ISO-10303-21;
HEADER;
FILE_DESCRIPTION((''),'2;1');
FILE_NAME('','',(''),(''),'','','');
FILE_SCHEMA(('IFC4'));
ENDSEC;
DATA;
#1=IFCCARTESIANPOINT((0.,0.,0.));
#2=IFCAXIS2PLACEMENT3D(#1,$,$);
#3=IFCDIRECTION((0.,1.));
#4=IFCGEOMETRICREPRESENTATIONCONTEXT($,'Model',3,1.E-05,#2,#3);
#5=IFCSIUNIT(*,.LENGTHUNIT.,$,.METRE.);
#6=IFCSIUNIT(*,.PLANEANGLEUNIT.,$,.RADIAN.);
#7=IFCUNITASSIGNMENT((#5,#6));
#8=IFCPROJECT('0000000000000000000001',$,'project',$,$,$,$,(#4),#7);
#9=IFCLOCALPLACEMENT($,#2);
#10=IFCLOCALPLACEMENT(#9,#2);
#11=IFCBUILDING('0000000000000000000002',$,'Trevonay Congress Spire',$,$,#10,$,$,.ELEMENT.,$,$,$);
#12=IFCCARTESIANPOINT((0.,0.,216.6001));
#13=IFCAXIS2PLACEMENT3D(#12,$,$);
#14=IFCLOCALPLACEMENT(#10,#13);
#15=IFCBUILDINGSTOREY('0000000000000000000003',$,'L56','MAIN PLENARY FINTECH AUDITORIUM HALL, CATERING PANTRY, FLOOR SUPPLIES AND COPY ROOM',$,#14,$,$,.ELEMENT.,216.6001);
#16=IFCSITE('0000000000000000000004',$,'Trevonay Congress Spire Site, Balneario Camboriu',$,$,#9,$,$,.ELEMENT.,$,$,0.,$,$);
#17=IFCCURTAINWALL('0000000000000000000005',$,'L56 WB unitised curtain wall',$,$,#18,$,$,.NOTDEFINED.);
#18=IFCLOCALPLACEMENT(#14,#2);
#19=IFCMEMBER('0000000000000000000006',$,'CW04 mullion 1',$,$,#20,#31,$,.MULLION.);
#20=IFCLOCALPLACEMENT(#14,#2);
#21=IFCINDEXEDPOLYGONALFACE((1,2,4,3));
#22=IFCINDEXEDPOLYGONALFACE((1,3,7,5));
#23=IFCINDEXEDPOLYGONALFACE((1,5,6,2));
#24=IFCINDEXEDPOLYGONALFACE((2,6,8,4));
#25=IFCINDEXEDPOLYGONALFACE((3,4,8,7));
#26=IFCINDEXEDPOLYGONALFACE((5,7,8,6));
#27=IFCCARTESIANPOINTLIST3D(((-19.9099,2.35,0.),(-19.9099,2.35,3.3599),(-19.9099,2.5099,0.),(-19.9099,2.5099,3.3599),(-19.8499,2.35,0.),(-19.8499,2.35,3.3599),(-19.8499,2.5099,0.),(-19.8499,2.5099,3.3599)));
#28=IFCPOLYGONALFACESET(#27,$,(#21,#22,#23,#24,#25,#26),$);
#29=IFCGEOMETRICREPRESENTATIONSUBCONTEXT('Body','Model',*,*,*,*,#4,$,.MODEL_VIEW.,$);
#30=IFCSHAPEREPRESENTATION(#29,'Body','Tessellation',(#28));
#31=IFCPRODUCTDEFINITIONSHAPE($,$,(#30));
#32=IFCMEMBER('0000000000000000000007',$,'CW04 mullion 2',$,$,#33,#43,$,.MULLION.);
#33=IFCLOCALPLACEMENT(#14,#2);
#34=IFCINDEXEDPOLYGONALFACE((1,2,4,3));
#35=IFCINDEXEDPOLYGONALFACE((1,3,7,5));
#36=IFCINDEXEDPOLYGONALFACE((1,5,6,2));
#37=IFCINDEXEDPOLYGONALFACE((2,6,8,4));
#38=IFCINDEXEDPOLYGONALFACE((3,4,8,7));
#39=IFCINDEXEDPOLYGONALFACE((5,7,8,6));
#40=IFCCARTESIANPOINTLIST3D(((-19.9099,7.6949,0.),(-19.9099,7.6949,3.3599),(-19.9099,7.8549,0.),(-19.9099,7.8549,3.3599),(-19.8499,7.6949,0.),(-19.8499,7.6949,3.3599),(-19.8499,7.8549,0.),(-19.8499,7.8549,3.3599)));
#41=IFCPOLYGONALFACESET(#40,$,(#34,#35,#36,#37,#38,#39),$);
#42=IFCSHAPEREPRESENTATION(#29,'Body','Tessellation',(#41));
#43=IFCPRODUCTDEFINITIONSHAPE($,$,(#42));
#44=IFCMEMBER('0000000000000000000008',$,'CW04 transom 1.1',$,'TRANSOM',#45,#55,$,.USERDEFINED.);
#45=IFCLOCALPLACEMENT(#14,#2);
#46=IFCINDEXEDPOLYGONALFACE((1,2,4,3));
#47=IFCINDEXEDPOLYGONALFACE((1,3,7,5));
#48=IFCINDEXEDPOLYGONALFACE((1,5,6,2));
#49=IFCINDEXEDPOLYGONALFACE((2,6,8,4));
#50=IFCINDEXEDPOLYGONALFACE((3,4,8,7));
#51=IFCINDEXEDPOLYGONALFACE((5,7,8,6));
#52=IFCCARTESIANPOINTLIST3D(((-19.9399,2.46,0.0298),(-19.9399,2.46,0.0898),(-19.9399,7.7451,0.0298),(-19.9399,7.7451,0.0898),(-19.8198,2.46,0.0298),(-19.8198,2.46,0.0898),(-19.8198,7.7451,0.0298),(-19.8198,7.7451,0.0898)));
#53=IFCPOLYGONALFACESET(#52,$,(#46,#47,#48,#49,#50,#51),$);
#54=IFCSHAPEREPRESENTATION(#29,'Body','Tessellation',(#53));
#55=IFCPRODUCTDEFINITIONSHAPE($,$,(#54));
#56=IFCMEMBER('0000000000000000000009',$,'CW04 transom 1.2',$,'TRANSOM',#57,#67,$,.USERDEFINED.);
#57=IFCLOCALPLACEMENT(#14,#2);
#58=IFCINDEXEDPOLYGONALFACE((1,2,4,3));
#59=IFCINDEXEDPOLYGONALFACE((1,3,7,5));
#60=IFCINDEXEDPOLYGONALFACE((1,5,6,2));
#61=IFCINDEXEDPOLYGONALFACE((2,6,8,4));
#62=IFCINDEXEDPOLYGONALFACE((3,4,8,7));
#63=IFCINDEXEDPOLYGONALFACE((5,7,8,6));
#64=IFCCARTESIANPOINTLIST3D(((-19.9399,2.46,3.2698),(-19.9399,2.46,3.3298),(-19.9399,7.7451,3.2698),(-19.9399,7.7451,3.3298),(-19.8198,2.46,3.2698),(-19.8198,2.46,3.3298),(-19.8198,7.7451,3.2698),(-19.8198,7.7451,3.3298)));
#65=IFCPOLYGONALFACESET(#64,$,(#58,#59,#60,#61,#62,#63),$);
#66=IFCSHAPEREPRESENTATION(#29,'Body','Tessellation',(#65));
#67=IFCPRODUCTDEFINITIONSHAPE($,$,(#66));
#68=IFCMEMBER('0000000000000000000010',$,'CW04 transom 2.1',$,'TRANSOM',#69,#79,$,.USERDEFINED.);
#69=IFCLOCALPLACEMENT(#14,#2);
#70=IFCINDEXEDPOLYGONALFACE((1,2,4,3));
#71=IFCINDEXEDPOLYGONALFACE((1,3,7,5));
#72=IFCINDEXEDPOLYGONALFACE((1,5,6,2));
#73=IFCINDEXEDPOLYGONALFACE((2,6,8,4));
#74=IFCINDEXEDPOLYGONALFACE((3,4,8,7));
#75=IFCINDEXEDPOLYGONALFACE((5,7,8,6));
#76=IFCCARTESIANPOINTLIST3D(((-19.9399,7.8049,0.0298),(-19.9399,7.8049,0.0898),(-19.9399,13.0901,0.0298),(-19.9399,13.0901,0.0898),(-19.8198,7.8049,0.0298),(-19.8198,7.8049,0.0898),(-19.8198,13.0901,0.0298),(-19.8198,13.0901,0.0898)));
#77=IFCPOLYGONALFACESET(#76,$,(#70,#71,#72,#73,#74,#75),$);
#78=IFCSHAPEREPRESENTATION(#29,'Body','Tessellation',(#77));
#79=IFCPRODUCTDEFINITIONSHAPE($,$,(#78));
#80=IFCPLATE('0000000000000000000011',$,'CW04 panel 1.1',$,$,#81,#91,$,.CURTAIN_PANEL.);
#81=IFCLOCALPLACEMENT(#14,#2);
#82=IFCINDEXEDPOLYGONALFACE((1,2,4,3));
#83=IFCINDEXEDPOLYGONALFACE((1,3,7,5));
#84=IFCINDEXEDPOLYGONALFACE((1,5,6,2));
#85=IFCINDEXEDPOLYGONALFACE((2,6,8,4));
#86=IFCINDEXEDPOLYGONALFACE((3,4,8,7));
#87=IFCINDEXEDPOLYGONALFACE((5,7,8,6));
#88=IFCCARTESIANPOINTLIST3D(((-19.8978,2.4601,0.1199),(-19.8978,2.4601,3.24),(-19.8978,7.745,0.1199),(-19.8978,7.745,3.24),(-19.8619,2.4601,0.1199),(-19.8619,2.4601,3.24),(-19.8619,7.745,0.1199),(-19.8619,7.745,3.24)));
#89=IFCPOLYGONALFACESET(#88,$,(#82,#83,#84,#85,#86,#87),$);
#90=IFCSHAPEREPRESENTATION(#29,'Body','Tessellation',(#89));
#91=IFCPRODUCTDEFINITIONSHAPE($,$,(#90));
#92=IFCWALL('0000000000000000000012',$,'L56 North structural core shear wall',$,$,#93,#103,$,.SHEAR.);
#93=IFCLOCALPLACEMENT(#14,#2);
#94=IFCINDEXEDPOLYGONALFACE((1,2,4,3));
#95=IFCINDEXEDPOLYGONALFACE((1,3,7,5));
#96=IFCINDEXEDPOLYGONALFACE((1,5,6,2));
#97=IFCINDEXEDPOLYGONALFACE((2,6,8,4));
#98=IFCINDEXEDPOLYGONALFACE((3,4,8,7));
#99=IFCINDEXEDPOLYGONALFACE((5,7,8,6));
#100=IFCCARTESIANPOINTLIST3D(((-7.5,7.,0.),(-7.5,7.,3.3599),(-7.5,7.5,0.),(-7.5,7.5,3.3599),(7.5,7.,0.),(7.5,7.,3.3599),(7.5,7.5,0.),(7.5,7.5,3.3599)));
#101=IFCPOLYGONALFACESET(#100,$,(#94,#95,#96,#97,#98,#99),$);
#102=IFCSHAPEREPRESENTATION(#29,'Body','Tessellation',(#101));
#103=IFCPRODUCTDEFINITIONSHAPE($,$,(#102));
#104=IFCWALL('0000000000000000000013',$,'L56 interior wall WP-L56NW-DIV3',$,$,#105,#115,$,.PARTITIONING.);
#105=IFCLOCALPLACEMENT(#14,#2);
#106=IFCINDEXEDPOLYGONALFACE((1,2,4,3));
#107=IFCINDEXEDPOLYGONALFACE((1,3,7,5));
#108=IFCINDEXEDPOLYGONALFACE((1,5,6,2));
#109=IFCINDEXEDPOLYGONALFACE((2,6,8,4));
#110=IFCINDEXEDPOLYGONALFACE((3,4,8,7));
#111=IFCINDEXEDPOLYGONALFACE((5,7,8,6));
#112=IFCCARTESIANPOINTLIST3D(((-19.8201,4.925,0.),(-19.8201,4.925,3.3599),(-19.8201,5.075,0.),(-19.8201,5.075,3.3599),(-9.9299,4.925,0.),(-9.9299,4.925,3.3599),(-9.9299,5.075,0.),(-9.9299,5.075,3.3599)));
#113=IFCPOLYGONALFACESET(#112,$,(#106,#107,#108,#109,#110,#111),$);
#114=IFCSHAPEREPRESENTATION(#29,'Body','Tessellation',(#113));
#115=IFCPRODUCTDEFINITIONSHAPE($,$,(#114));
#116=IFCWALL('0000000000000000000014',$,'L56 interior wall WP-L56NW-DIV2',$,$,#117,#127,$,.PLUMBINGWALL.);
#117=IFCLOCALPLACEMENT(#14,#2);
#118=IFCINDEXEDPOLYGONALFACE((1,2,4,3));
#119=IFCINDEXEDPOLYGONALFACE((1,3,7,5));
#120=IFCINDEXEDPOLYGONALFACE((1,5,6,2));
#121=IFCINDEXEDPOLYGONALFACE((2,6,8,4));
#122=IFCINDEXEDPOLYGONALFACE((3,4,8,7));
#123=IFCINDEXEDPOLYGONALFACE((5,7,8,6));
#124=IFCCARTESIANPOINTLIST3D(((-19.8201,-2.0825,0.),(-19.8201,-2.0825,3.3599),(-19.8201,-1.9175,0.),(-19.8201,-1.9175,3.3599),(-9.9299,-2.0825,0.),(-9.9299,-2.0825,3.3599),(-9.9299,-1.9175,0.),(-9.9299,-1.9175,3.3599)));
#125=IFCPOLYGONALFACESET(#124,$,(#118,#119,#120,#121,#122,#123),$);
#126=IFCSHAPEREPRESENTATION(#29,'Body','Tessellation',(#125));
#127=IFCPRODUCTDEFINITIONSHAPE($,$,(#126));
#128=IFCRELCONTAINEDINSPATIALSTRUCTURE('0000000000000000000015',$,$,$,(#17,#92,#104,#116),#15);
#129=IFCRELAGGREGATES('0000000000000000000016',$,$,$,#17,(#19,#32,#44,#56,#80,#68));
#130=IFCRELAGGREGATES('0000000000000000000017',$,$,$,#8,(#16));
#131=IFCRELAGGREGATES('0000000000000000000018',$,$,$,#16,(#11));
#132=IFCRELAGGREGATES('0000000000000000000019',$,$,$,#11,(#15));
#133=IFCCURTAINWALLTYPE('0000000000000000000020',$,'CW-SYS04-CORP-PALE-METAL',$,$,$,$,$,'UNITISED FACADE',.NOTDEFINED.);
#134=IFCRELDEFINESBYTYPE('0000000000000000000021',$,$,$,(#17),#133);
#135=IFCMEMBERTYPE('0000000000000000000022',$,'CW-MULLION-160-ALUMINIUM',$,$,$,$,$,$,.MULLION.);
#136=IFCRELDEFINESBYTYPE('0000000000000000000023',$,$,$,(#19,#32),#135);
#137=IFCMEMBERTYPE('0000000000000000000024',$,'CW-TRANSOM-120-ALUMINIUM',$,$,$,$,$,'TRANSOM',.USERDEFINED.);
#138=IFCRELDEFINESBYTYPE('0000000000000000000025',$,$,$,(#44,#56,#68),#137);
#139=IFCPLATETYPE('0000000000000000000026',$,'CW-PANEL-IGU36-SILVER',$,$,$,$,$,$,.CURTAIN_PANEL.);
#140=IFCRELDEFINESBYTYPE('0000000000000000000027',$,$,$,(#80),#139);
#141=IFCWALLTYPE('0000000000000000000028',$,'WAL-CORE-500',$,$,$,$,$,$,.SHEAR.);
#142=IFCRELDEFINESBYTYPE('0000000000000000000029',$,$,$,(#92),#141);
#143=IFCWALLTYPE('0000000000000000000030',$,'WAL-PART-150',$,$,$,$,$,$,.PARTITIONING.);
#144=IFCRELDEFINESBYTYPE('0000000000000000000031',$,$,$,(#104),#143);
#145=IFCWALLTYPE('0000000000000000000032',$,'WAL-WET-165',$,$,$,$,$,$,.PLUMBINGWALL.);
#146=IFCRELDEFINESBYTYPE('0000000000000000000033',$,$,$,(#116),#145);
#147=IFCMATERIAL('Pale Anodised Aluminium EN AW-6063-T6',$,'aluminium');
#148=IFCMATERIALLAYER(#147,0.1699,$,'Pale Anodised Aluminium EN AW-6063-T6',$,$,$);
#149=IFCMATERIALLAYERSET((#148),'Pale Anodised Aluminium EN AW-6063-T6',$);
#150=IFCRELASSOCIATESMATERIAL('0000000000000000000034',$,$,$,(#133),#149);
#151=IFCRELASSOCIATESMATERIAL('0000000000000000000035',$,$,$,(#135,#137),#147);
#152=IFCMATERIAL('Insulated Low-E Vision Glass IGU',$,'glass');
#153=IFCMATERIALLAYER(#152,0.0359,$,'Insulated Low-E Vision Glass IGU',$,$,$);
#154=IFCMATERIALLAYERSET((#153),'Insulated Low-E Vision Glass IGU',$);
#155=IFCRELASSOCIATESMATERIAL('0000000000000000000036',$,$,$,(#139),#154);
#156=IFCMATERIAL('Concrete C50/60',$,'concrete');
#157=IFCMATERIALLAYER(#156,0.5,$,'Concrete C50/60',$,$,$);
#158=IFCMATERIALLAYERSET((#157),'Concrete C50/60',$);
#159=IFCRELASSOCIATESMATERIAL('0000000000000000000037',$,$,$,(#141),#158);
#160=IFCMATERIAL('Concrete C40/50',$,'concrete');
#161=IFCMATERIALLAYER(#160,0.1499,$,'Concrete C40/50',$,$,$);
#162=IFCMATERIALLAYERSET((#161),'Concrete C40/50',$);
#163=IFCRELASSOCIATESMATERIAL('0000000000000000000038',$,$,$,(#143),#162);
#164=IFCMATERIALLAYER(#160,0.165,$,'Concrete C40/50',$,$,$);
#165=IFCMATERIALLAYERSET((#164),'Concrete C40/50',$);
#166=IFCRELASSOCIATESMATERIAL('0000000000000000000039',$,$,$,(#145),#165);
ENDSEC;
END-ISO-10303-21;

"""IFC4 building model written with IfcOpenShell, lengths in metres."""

from ifc_helpers import new_model, si_unit, direction, frame, frame_2d, origin, origin_2d, place, context, subcontext, project, spatial, rectangle, extrude, material, layer, layer_set, material_profile, profile_set, type_object, element, aggregate, save


model = new_model("IFC4")

# Units and contexts
model_context = context("Model", 3, precision=1e-05, world=origin(), true_north=direction((0.0, 1.0)))
body_context = subcontext(model_context, "Body", "Model", "MODEL_VIEW")
ifc_project = project(units=[si_unit("LENGTHUNIT", "METRE"), si_unit("PLANEANGLEUNIT", "RADIAN")], contexts=[model_context])

# Site, building, storey
site_placement = place(None, origin())
site = spatial("IfcSite", under=ifc_project, at=site_placement, Name="Trevonay Congress Spire Site, Balneario Camboriu", CompositionType="ELEMENT", RefElevation=0.0)
building_placement = place(site_placement, origin())
building = spatial("IfcBuilding", under=site, at=building_placement, Name="Trevonay Congress Spire", CompositionType="ELEMENT")
storey_placement = place(building_placement, frame((0.0, 0.0, 216.6001)))
storey = spatial("IfcBuildingStorey", under=building, at=storey_placement, Name="L56", Description="MAIN PLENARY FINTECH AUDITORIUM HALL, CATERING PANTRY, FLOOR SUPPLIES AND COPY ROOM", CompositionType="ELEMENT", Elevation=216.6001)

# Curtain wall, members, plate
ifc_material_1 = material(Name="Pale Anodised Aluminium EN AW-6063-T6", Category="aluminium")
ifc_layer_1 = layer(ifc_material_1, 0.1699, Name="Pale Anodised Aluminium EN AW-6063-T6")
ifc_layer_set_1 = layer_set([ifc_layer_1], Name="Pale Anodised Aluminium EN AW-6063-T6")
curtain_wall_type = type_object("IfcCurtainWallType", Name="CW-SYS04-CORP-PALE-METAL", ElementType="UNITISED FACADE", PredefinedType="NOTDEFINED", material=ifc_layer_set_1)
curtain_wall_placement = place(storey_placement, origin())
curtain_wall = element("IfcCurtainWall", 1, at=curtain_wall_placement, inside=storey, type_object=curtain_wall_type, Name="L56 WB unitised curtain wall", PredefinedType="NOTDEFINED")
ifc_material_profile_1 = material_profile(ifc_material_1, rectangle(XDim=0.0601, YDim=0.1599, at=origin_2d()), Name="CW-MULLION-160-ALUMINIUM")
ifc_profile_set_1 = profile_set([ifc_material_profile_1], Name="Pale Anodised Aluminium EN AW-6063-T6")
member_type_1 = type_object("IfcMemberType", Name="CW-MULLION-160-ALUMINIUM", PredefinedType="MULLION", material=ifc_profile_set_1)
member_1_placement = place(storey_placement, frame((-19.8799, 2.4299, 0.0), z_axis=(0.0, 0.0, 1.0), x_axis=(-1.0, 0.0, 0.0)))
member_1 = element("IfcMember", 2, at=member_1_placement, type_object=member_type_1, Name="CW04 mullion 1", PredefinedType="MULLION", context=body_context, shape_type="SweptSolid", body=[
    extrude(rectangle(XDim=0.0601, YDim=0.1599, at=origin_2d()), origin(), (0.0, 0.0, 1.0), 3.3599),
])
member_2_placement = place(storey_placement, frame((-19.8799, 7.7749, 0.0), z_axis=(0.0, 0.0, 1.0), x_axis=(-1.0, 0.0, 0.0)))
member_2 = element("IfcMember", 3, at=member_2_placement, type_object=member_type_1, Name="CW04 mullion 2", PredefinedType="MULLION", context=body_context, shape_type="SweptSolid", body=[
    extrude(rectangle(XDim=0.0601, YDim=0.1599, at=origin_2d()), origin(), (0.0, 0.0, 1.0), 3.3599),
])
ifc_material_profile_2 = material_profile(ifc_material_1, rectangle(XDim=0.1201, YDim=0.0601, at=origin_2d()), Name="CW-TRANSOM-120-ALUMINIUM")
ifc_profile_set_2 = profile_set([ifc_material_profile_2], Name="Pale Anodised Aluminium EN AW-6063-T6")
member_type_2 = type_object("IfcMemberType", Name="CW-TRANSOM-120-ALUMINIUM", ElementType="TRANSOM", PredefinedType="USERDEFINED", material=ifc_profile_set_2)
member_3_placement = place(storey_placement, frame((-19.8799, 2.46, 0.0598), z_axis=(0.0, 1.0, 0.0), x_axis=(-1.0, 0.0, 0.0)))
member_3 = element("IfcMember", 4, at=member_3_placement, type_object=member_type_2, Name="CW04 transom 1.1", ObjectType="TRANSOM", PredefinedType="USERDEFINED", context=body_context, shape_type="SweptSolid", body=[
    extrude(rectangle(XDim=0.1201, YDim=0.0601, at=origin_2d()), origin(), (0.0, 0.0, 1.0), 5.2852),
])
member_4_placement = place(storey_placement, frame((-19.8799, 2.46, 3.2998), z_axis=(0.0, 1.0, 0.0), x_axis=(-1.0, 0.0, 0.0)))
member_4 = element("IfcMember", 5, at=member_4_placement, type_object=member_type_2, Name="CW04 transom 1.2", ObjectType="TRANSOM", PredefinedType="USERDEFINED", context=body_context, shape_type="SweptSolid", body=[
    extrude(rectangle(XDim=0.1201, YDim=0.0601, at=origin_2d()), origin(), (0.0, 0.0, 1.0), 5.2852),
])
member_5_placement = place(storey_placement, frame((-19.8799, 7.8049, 0.0598), z_axis=(0.0, 1.0, 0.0), x_axis=(-1.0, 0.0, 0.0)))
member_5 = element("IfcMember", 6, at=member_5_placement, type_object=member_type_2, Name="CW04 transom 2.1", ObjectType="TRANSOM", PredefinedType="USERDEFINED", context=body_context, shape_type="SweptSolid", body=[
    extrude(rectangle(XDim=0.1201, YDim=0.0601, at=origin_2d()), origin(), (0.0, 0.0, 1.0), 5.2852),
])
ifc_material_2 = material(Name="Insulated Low-E Vision Glass IGU", Category="glass")
ifc_layer_2 = layer(ifc_material_2, 0.0359, Name="Insulated Low-E Vision Glass IGU")
ifc_layer_set_2 = layer_set([ifc_layer_2], Name="Insulated Low-E Vision Glass IGU")
plate_type = type_object("IfcPlateType", Name="CW-PANEL-IGU36-SILVER", PredefinedType="CURTAIN_PANEL", material=ifc_layer_set_2)
plate_placement = place(storey_placement, frame((-19.8799, 5.1025, 0.1199), z_axis=(0.0, 0.0, 1.0), x_axis=(0.0, 1.0, 0.0)))
plate = element("IfcPlate", 7, at=plate_placement, type_object=plate_type, Name="CW04 panel 1.1", PredefinedType="CURTAIN_PANEL", context=body_context, shape_type="SweptSolid", body=[
    extrude(rectangle(XDim=5.2849, YDim=0.0359, at=origin_2d()), origin(), (0.0, 0.0, 1.0), 3.1201),
])
aggregate(curtain_wall, [member_1, member_2, member_3, member_4, plate, member_5])

# Walls
ifc_material_3 = material(Name="Concrete C50/60", Category="concrete")
ifc_layer_3 = layer(ifc_material_3, 0.5, Name="Concrete C50/60")
ifc_layer_set_3 = layer_set([ifc_layer_3], Name="Concrete C50/60")
wall_type_1 = type_object("IfcWallType", Name="WAL-CORE-500", PredefinedType="SHEAR", material=ifc_layer_set_3)
wall_1_placement = place(storey_placement, frame((-7.5, 7.25, 0.0), z_axis=(0.0, 0.0, 1.0), x_axis=(1.0, 0.0, 0.0)))
element("IfcWall", 8, at=wall_1_placement, inside=storey, type_object=wall_type_1, Name="L56 North structural core shear wall", PredefinedType="SHEAR", context=body_context, shape_type="SweptSolid", body=[
    extrude(rectangle(XDim=15.0, YDim=0.5, at=frame_2d((7.5, 0.0))), origin(), (0.0, 0.0, 1.0), 3.3599),
])
ifc_material_4 = material(Name="Concrete C40/50", Category="concrete")
ifc_layer_4 = layer(ifc_material_4, 0.1499, Name="Concrete C40/50")
ifc_layer_set_4 = layer_set([ifc_layer_4], Name="Concrete C40/50")
wall_type_2 = type_object("IfcWallType", Name="WAL-PART-150", PredefinedType="PARTITIONING", material=ifc_layer_set_4)
wall_2_placement = place(storey_placement, frame((-19.8201, 5.0, 0.0), z_axis=(0.0, 0.0, 1.0), x_axis=(1.0, 0.0, 0.0)))
element("IfcWall", 9, at=wall_2_placement, inside=storey, type_object=wall_type_2, Name="L56 interior wall WP-L56NW-DIV3", PredefinedType="PARTITIONING", context=body_context, shape_type="SweptSolid", body=[
    extrude(rectangle(XDim=9.8901, YDim=0.1499, at=frame_2d((4.9451, 0.0))), origin(), (0.0, 0.0, 1.0), 3.3599),
])
ifc_layer_5 = layer(ifc_material_4, 0.165, Name="Concrete C40/50")
ifc_layer_set_5 = layer_set([ifc_layer_5], Name="Concrete C40/50")
wall_type_3 = type_object("IfcWallType", Name="WAL-WET-165", PredefinedType="PLUMBINGWALL", material=ifc_layer_set_5)
wall_3_placement = place(storey_placement, frame((-19.8201, -2.0, 0.0), z_axis=(0.0, 0.0, 1.0), x_axis=(1.0, 0.0, 0.0)))
element("IfcWall", 10, at=wall_3_placement, inside=storey, type_object=wall_type_3, Name="L56 interior wall WP-L56NW-DIV2", PredefinedType="PLUMBINGWALL", context=body_context, shape_type="SweptSolid", body=[
    extrude(rectangle(XDim=9.8901, YDim=0.165, at=frame_2d((4.9451, 0.0))), origin(), (0.0, 0.0, 1.0), 3.3599),
])

save(model, "model.ifc")
